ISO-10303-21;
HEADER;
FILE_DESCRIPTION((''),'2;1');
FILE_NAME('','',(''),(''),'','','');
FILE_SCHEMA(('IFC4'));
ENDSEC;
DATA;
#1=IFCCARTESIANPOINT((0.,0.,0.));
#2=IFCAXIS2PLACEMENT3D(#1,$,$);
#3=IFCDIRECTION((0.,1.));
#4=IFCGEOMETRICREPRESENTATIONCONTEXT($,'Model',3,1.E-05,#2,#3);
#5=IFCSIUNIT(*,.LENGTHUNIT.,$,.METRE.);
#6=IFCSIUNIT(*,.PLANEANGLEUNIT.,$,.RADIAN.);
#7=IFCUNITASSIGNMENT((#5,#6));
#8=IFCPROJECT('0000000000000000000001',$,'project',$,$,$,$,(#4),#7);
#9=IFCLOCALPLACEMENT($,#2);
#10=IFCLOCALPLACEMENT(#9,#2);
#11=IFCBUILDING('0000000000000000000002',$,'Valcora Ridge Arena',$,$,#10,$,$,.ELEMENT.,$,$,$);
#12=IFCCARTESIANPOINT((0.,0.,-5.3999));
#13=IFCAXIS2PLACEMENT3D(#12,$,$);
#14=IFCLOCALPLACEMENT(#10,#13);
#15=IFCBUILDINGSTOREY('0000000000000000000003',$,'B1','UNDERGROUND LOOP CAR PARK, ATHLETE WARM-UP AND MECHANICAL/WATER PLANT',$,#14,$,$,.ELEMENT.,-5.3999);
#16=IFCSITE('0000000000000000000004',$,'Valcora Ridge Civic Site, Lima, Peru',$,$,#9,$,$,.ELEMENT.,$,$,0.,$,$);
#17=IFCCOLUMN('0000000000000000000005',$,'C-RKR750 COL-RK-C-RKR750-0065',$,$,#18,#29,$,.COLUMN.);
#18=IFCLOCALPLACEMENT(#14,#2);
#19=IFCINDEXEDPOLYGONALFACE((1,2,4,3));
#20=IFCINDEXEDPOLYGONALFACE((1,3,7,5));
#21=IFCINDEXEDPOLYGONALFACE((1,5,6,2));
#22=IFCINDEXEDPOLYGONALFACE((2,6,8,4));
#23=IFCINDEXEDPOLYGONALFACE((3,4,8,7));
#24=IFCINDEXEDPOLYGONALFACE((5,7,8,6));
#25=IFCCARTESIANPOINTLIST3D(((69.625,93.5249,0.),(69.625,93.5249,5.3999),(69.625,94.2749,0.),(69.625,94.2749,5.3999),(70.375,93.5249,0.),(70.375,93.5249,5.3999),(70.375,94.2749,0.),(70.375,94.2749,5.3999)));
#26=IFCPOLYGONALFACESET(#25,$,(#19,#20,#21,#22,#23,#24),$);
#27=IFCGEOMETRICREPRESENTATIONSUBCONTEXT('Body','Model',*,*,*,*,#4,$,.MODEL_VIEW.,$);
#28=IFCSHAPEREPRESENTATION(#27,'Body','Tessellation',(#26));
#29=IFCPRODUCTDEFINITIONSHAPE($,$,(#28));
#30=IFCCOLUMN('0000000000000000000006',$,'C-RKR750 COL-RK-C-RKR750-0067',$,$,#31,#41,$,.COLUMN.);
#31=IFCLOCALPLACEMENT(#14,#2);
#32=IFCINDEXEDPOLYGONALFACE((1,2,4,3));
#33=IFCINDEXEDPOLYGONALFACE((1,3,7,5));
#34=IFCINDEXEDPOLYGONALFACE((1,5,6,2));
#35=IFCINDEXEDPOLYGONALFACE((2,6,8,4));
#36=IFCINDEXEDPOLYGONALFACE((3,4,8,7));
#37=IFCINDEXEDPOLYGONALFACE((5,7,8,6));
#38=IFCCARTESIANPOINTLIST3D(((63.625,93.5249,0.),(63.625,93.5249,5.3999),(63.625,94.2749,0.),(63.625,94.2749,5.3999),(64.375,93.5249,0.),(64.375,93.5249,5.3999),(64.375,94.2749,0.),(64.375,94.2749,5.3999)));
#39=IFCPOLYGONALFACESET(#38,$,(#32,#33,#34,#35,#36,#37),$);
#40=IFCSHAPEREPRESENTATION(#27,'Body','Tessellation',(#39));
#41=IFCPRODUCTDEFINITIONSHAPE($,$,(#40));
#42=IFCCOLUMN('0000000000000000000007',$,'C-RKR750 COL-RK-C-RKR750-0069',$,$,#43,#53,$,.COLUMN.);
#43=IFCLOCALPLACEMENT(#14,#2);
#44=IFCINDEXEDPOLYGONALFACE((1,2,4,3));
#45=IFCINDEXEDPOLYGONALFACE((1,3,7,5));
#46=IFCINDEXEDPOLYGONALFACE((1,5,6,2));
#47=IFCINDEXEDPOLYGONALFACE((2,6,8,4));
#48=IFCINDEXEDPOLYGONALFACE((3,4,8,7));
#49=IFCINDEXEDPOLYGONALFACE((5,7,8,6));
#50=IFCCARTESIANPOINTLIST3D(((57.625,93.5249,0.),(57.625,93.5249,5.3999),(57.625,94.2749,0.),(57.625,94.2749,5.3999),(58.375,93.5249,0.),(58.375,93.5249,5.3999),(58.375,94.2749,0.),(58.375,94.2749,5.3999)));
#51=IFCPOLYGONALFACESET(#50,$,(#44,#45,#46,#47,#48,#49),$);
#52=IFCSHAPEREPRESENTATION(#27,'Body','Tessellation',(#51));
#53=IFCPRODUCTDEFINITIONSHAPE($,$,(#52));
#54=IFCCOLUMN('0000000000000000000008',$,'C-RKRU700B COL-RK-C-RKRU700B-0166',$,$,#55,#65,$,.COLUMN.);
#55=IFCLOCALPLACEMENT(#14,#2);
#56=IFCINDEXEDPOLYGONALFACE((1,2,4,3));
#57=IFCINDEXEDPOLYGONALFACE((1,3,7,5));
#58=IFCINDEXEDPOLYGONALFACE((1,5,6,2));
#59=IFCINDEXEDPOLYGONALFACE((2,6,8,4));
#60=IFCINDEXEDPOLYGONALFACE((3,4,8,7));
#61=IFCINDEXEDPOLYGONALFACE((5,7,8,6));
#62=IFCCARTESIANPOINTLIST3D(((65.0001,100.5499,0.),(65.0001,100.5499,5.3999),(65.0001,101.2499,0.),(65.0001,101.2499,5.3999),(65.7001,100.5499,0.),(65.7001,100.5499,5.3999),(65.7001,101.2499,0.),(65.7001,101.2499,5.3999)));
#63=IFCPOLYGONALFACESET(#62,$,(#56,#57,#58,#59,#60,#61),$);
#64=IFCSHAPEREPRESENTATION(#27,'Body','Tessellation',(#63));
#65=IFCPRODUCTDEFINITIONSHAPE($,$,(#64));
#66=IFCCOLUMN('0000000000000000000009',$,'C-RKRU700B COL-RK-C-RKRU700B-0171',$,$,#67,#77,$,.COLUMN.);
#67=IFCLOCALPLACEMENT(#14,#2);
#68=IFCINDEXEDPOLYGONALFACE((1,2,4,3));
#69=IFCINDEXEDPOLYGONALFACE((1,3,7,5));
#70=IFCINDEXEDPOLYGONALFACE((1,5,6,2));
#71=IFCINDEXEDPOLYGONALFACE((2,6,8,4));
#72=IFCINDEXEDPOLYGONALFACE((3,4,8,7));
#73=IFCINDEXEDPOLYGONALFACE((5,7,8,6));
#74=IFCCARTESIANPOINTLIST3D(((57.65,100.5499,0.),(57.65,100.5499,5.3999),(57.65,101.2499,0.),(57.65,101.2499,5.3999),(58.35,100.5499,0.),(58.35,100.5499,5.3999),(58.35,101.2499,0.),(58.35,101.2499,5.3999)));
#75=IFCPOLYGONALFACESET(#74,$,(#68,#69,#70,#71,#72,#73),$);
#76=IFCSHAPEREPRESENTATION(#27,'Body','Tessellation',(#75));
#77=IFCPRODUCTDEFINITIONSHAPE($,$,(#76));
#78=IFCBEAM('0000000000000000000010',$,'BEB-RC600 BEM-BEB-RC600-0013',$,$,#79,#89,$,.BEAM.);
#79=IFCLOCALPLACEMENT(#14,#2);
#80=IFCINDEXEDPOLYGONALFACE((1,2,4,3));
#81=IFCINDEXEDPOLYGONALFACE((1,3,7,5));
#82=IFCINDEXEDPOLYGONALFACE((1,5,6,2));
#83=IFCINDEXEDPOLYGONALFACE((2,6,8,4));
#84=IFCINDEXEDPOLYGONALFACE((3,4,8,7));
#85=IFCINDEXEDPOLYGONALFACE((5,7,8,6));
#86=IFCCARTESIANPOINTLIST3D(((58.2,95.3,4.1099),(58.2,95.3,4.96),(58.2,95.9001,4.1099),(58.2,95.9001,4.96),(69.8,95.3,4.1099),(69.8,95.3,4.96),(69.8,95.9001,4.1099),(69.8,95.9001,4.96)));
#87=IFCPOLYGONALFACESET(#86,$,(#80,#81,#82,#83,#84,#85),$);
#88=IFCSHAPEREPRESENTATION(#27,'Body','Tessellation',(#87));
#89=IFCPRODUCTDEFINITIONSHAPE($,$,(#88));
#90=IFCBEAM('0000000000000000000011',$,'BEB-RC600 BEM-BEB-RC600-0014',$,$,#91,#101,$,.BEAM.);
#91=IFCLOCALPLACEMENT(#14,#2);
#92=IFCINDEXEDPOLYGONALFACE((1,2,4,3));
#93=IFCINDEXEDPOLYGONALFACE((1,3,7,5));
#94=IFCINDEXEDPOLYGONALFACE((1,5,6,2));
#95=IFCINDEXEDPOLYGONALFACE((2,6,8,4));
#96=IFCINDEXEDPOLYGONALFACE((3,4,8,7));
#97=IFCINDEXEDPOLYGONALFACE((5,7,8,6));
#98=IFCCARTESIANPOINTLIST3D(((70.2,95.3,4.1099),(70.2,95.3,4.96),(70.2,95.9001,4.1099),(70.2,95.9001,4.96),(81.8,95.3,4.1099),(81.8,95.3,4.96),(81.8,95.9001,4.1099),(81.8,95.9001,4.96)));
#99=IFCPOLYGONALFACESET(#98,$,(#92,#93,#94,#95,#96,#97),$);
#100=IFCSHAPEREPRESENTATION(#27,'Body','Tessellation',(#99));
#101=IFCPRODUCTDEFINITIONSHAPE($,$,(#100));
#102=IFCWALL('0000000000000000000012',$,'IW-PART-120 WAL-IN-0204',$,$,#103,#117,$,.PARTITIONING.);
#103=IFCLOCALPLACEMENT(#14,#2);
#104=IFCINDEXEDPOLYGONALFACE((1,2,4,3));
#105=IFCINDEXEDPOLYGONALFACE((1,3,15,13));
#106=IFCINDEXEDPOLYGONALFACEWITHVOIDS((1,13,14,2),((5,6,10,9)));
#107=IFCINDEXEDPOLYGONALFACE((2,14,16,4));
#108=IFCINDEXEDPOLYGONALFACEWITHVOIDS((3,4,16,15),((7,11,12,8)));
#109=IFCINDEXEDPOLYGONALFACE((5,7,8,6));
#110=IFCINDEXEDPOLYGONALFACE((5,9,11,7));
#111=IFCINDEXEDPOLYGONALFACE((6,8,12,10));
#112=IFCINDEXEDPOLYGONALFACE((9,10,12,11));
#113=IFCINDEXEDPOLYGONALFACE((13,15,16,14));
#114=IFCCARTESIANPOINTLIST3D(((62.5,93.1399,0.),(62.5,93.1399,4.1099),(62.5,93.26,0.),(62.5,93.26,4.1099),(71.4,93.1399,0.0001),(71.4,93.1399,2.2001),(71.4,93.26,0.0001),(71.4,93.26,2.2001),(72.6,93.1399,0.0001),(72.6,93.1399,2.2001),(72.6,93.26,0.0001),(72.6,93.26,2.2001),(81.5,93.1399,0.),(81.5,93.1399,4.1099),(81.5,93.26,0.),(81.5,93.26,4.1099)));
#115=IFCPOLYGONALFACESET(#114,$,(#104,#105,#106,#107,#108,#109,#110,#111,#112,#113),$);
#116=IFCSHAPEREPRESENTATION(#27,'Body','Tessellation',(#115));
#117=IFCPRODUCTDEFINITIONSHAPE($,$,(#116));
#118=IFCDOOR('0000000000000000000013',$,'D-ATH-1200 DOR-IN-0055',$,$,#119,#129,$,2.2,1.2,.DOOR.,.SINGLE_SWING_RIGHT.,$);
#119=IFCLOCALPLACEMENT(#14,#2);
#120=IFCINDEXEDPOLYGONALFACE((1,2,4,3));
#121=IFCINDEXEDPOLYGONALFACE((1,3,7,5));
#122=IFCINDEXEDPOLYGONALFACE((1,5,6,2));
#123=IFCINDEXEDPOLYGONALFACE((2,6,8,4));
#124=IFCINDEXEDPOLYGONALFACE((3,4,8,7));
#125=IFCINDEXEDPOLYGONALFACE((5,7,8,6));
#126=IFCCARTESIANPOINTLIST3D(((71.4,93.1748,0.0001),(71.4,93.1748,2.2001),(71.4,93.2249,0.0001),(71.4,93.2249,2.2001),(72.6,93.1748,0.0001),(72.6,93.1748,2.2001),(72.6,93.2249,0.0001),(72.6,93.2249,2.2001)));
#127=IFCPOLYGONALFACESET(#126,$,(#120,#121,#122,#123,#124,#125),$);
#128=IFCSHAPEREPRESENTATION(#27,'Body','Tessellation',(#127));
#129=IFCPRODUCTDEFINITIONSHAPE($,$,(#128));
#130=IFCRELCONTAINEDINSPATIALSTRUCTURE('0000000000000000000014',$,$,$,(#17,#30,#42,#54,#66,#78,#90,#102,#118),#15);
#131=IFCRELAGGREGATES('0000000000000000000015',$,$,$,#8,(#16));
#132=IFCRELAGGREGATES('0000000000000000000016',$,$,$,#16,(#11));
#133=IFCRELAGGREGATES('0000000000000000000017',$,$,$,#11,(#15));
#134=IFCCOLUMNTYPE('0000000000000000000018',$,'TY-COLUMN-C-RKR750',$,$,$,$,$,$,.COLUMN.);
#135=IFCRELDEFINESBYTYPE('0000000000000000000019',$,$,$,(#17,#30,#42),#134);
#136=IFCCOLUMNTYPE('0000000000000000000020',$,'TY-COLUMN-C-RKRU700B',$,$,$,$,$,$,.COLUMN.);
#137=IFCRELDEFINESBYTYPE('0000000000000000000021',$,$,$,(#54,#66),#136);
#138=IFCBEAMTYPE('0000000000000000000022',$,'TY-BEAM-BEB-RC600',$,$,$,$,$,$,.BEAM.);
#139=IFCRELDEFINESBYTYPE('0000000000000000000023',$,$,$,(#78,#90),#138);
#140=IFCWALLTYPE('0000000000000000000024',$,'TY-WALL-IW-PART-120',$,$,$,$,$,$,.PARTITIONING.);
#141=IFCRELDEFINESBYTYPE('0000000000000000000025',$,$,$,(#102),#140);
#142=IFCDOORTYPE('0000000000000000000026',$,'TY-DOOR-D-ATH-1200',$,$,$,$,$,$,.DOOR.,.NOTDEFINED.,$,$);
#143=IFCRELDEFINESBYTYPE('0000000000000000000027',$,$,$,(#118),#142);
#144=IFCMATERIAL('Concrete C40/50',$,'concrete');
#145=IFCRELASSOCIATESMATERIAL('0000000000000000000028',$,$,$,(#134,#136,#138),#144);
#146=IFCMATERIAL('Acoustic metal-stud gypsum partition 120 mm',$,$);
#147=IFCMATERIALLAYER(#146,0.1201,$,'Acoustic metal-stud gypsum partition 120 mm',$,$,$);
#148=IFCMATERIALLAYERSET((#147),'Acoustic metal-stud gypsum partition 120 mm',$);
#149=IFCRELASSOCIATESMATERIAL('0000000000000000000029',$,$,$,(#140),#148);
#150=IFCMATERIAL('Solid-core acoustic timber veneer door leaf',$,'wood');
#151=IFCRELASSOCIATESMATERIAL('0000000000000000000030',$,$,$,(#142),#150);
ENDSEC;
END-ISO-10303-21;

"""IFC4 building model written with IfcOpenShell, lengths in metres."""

from ifc_helpers import new_model, si_unit, direction, frame, frame_2d, origin, origin_2d, place, context, subcontext, project, spatial, rectangle, extrude, material, layer, layer_set, material_profile, profile_set, type_object, element, fill, save


model = new_model("IFC4")

# Units and contexts
model_context = context("Model", 3, precision=1e-05, world=origin(), true_north=direction((0.0, 1.0)))
body_context = subcontext(model_context, "Body", "Model", "MODEL_VIEW")
ifc_project = project(units=[si_unit("LENGTHUNIT", "METRE"), si_unit("PLANEANGLEUNIT", "RADIAN")], contexts=[model_context])

# Site, building, storey
site_placement = place(None, origin())
site = spatial("IfcSite", under=ifc_project, at=site_placement, Name="Valcora Ridge Civic Site, Lima, Peru", CompositionType="ELEMENT", RefElevation=0.0)
building_placement = place(site_placement, origin())
building = spatial("IfcBuilding", under=site, at=building_placement, Name="Valcora Ridge Arena", CompositionType="ELEMENT")
storey_placement = place(building_placement, frame((0.0, 0.0, -5.3999)))
storey = spatial("IfcBuildingStorey", under=building, at=storey_placement, Name="B1", Description="UNDERGROUND LOOP CAR PARK, ATHLETE WARM-UP AND MECHANICAL/WATER PLANT", CompositionType="ELEMENT", Elevation=-5.3999)

# Shared definitions
ifc_material_1 = material(Name="Concrete C40/50", Category="concrete")

# Columns
ifc_material_profile_1 = material_profile(ifc_material_1, rectangle(XDim=0.75, YDim=0.75, at=origin_2d()), Name="RC 750x750")
ifc_profile_set_1 = profile_set([ifc_material_profile_1], Name="Concrete C40/50")
column_type_1 = type_object("IfcColumnType", Name="TY-COLUMN-C-RKR750", PredefinedType="COLUMN", material=ifc_profile_set_1)
for number, where, z_axis, x_axis, name in (
    (1, (70.0, 93.8999, 0.0), (0.0, 0.0, 1.0), (1.0, 0.0, 0.0), "C-RKR750 COL-RK-C-RKR750-0065"),
    (2, (64.0, 93.8999, 0.0), (0.0, 0.0, 1.0), (1.0, 0.0, 0.0), "C-RKR750 COL-RK-C-RKR750-0067"),
    (3, (58.0, 93.8999, 0.0), (0.0, 0.0, 1.0), (1.0, 0.0, 0.0), "C-RKR750 COL-RK-C-RKR750-0069"),
):
    element("IfcColumn", number, at=place(storey_placement, frame(where, z_axis=z_axis, x_axis=x_axis)), inside=storey, type_object=column_type_1, Name=name, PredefinedType="COLUMN", context=body_context, shape_type="SweptSolid", body=[
        extrude(rectangle(XDim=0.75, YDim=0.75, at=origin_2d()), origin(), (0.0, 0.0, 1.0), 5.3999),
    ])
ifc_material_profile_2 = material_profile(ifc_material_1, rectangle(XDim=0.7, YDim=0.7, at=origin_2d()), Name="RC 700x700")
ifc_profile_set_2 = profile_set([ifc_material_profile_2], Name="Concrete C40/50")
column_type_2 = type_object("IfcColumnType", Name="TY-COLUMN-C-RKRU700B", PredefinedType="COLUMN", material=ifc_profile_set_2)
for number, where, z_axis, x_axis, name in (
    (4, (65.3501, 100.8999, 0.0), (0.0, 0.0, 1.0), (1.0, 0.0, 0.0), "C-RKRU700B COL-RK-C-RKRU700B-0166"),
    (5, (58.0, 100.8999, 0.0), (0.0, 0.0, 1.0), (1.0, 0.0, 0.0), "C-RKRU700B COL-RK-C-RKRU700B-0171"),
):
    element("IfcColumn", number, at=place(storey_placement, frame(where, z_axis=z_axis, x_axis=x_axis)), inside=storey, type_object=column_type_2, Name=name, PredefinedType="COLUMN", context=body_context, shape_type="SweptSolid", body=[
        extrude(rectangle(XDim=0.7, YDim=0.7, at=origin_2d()), origin(), (0.0, 0.0, 1.0), 5.3999),
    ])

# Beams
ifc_material_profile_3 = material_profile(ifc_material_1, rectangle(XDim=0.6001, YDim=0.8501, at=origin_2d()), Name="RC 600x850")
ifc_profile_set_3 = profile_set([ifc_material_profile_3], Name="Concrete C40/50")
beam_type = type_object("IfcBeamType", Name="TY-BEAM-BEB-RC600", PredefinedType="BEAM", material=ifc_profile_set_3)
for number, where, z_axis, x_axis, name in (
    (6, (58.2, 95.6001, 4.5349), (1.0, 0.0, 0.0), (0.0, 1.0, 0.0), "BEB-RC600 BEM-BEB-RC600-0013"),
    (7, (70.2, 95.6001, 4.5349), (1.0, 0.0, 0.0), (0.0, 1.0, 0.0), "BEB-RC600 BEM-BEB-RC600-0014"),
):
    element("IfcBeam", number, at=place(storey_placement, frame(where, z_axis=z_axis, x_axis=x_axis)), inside=storey, type_object=beam_type, Name=name, PredefinedType="BEAM", context=body_context, shape_type="SweptSolid", body=[
        extrude(rectangle(XDim=0.6001, YDim=0.8501, at=origin_2d()), origin(), (0.0, 0.0, 1.0), 11.6001),
    ])

# Wall, opening, door
ifc_material_2 = material(Name="Acoustic metal-stud gypsum partition 120 mm")
ifc_layer_1 = layer(ifc_material_2, 0.1201, Name="Acoustic metal-stud gypsum partition 120 mm")
ifc_layer_set_1 = layer_set([ifc_layer_1], Name="Acoustic metal-stud gypsum partition 120 mm")
wall_type = type_object("IfcWallType", Name="TY-WALL-IW-PART-120", PredefinedType="PARTITIONING", material=ifc_layer_set_1)
wall_placement = place(storey_placement, frame((62.5, 93.2, 0.0), z_axis=(0.0, 0.0, 1.0), x_axis=(1.0, 0.0, 0.0)))
wall = element("IfcWall", 8, at=wall_placement, inside=storey, type_object=wall_type, Name="IW-PART-120 WAL-IN-0204", PredefinedType="PARTITIONING", context=body_context, shape_type="SweptSolid", body=[
    extrude(rectangle(XDim=19.0, YDim=0.1201, at=frame_2d((9.5, 0.0))), origin(), (0.0, 0.0, 1.0), 4.1099),
])
opening_placement = place(wall_placement, frame((8.8999, 0.0, 0.0)))
opening = element("IfcOpeningElement", 9, at=opening_placement, cuts=wall, PredefinedType="OPENING", context=body_context, shape_type="SweptSolid", body=[
    extrude(rectangle(XDim=1.2, YDim=2.2, at=frame_2d((0.6001, 1.1001))), frame((0.0, 0.0701, 0.0), z_axis=(0.0, -1.0, 0.0), x_axis=(1.0, 0.0, 0.0)), (0.0, 0.0, 1.0), 0.1401),
])
ifc_material_3 = material(Name="Solid-core acoustic timber veneer door leaf", Category="wood")
door_type = type_object("IfcDoorType", Name="TY-DOOR-D-ATH-1200", OperationType="NOTDEFINED", PredefinedType="DOOR", material=ifc_material_3)
door_placement = place(opening_placement, origin())
door = element("IfcDoor", 10, at=door_placement, inside=storey, type_object=door_type, Name="D-ATH-1200 DOR-IN-0055", OperationType="SINGLE_SWING_RIGHT", OverallHeight=2.2, OverallWidth=1.2, PredefinedType="DOOR", context=body_context, shape_type="SweptSolid", body=[
    extrude(rectangle(XDim=1.2, YDim=2.2, at=frame_2d((0.6001, 1.1001))), frame((0.0, 0.0249, 0.0), z_axis=(0.0, -1.0, 0.0), x_axis=(1.0, 0.0, 0.0)), (0.0, 0.0, 1.0), 0.05),
])
fill(opening, door)

save(model, "model.ifc")
